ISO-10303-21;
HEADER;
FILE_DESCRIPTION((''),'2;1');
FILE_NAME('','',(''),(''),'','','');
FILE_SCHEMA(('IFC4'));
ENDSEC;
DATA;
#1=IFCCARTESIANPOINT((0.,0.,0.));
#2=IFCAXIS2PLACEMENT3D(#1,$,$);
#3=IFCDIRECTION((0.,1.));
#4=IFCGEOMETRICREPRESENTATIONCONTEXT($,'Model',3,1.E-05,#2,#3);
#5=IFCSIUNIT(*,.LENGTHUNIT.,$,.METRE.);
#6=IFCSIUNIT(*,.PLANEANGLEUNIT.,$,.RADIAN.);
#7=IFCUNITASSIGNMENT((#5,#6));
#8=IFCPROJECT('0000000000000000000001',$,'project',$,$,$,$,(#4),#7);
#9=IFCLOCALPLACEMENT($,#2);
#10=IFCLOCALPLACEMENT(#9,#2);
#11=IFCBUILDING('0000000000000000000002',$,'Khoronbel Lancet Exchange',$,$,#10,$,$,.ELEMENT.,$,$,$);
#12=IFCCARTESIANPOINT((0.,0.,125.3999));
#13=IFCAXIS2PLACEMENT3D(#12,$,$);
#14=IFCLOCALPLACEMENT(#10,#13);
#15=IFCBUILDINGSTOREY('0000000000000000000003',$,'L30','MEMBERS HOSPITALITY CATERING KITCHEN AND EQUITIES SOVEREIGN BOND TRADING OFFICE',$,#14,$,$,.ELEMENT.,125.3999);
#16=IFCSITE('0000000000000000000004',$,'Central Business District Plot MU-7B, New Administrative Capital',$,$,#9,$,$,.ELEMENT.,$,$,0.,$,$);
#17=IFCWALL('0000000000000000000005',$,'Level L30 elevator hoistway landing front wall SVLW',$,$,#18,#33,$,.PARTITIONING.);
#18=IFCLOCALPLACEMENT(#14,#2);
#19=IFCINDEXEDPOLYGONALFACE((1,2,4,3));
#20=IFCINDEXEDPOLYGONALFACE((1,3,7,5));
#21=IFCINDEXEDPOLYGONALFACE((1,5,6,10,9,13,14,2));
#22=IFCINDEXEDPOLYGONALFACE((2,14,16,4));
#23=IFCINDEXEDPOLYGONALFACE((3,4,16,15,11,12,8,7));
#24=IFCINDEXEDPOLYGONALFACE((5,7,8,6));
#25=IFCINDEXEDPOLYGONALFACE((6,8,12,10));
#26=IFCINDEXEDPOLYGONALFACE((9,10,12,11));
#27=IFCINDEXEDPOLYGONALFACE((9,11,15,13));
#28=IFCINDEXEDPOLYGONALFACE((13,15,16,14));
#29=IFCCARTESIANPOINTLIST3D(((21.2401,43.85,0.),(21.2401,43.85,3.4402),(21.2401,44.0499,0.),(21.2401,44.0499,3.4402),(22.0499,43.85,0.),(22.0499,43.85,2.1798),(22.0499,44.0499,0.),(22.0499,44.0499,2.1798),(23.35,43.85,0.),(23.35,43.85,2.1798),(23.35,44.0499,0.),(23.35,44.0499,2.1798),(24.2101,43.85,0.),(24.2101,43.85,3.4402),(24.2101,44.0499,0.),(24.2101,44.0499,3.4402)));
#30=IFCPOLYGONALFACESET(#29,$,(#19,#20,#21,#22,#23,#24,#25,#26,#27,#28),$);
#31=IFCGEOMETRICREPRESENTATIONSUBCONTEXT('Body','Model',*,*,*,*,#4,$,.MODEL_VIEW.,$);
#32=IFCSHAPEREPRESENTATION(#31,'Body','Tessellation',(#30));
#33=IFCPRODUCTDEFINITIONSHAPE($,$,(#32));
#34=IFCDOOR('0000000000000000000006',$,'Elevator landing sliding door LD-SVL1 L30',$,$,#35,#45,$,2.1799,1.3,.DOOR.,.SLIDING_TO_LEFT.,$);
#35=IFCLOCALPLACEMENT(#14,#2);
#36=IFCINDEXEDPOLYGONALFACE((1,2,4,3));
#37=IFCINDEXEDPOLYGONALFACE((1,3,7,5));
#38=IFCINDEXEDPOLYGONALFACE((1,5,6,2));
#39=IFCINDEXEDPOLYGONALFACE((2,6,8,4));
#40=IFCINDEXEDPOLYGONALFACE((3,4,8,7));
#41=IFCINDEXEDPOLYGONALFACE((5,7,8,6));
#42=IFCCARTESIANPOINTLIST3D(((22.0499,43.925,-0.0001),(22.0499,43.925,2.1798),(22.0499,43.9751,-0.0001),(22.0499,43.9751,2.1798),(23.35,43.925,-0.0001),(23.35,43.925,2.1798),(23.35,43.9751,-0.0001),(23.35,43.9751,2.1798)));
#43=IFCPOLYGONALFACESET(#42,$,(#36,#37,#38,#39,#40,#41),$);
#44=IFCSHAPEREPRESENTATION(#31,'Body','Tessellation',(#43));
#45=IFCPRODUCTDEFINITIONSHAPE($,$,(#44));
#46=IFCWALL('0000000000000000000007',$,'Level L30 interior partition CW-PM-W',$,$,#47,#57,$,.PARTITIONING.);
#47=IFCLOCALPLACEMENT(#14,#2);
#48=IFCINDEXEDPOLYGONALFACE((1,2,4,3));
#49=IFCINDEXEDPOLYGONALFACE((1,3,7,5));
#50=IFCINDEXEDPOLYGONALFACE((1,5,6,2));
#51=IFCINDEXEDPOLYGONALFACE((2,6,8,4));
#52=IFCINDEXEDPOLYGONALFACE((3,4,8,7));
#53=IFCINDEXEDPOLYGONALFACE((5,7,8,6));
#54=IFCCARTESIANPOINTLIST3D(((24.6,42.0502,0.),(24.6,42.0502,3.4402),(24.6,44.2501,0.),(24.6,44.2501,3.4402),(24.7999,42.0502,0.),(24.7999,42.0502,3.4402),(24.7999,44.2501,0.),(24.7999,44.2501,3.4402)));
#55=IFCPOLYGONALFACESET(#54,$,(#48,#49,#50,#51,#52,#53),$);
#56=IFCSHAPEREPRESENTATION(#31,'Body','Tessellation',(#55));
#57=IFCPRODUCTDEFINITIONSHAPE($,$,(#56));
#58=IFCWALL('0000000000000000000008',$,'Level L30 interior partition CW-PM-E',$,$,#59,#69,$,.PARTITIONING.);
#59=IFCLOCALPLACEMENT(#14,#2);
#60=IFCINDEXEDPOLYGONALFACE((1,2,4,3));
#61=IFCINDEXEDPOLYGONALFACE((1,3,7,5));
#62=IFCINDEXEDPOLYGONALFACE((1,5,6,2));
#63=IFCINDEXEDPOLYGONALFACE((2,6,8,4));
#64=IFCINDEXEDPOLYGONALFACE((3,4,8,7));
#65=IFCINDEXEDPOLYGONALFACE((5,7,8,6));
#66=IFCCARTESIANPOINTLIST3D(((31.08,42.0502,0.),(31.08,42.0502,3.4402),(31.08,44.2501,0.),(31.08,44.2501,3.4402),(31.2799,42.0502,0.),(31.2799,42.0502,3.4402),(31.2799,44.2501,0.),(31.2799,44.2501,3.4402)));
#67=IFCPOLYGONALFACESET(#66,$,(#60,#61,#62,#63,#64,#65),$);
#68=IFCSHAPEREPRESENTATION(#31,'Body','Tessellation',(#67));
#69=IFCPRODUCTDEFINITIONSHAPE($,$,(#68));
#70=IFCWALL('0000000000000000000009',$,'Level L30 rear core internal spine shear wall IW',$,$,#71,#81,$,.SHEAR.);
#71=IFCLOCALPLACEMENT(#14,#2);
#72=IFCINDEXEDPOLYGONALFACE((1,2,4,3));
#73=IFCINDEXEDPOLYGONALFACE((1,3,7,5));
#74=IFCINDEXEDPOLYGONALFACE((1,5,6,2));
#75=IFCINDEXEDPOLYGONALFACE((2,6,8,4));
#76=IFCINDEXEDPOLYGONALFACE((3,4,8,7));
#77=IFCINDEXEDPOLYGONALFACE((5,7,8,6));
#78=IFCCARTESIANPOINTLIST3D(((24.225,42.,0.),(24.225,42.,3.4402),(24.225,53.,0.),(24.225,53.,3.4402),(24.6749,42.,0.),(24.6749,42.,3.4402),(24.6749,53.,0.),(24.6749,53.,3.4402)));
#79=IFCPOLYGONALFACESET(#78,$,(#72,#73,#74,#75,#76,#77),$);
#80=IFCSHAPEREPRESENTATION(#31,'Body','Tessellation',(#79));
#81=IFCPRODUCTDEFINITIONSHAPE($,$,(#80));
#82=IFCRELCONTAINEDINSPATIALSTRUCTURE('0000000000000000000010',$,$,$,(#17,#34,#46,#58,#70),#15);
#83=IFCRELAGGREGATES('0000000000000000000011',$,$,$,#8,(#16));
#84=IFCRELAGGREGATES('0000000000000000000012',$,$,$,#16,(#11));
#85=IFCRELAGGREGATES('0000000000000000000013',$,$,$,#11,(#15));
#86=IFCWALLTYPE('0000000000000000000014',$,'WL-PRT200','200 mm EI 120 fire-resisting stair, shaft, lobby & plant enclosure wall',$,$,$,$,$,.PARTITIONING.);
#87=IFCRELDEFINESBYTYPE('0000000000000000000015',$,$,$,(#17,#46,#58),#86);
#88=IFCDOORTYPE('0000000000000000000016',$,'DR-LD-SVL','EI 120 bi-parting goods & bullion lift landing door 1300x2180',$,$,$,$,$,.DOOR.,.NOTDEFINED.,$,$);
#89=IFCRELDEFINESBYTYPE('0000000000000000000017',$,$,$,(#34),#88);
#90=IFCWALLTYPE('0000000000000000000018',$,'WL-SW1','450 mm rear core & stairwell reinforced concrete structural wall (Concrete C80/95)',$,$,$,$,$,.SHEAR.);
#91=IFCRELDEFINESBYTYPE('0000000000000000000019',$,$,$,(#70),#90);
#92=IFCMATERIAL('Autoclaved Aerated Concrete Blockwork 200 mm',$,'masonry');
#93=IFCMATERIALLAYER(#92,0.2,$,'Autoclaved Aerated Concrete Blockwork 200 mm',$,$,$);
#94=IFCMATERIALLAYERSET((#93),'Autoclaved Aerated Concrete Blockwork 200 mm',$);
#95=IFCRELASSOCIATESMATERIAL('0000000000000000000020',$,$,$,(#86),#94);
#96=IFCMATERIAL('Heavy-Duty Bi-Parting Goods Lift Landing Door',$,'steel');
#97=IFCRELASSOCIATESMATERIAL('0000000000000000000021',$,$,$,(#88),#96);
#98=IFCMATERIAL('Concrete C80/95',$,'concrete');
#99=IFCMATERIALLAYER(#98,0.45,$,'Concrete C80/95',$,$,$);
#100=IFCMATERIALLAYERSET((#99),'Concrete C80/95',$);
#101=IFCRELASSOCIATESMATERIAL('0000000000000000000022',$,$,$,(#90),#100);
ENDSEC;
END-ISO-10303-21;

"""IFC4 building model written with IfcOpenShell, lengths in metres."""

from ifc_helpers import new_model, si_unit, direction, frame, frame_2d, origin, place, context, subcontext, project, spatial, rectangle, extrude, material, layer, layer_set, type_object, element, fill, save


model = new_model("IFC4")

# Units and contexts
model_context = context("Model", 3, precision=1e-05, world=origin(), true_north=direction((0.0, 1.0)))
body_context = subcontext(model_context, "Body", "Model", "MODEL_VIEW")
ifc_project = project(units=[si_unit("LENGTHUNIT", "METRE"), si_unit("PLANEANGLEUNIT", "RADIAN")], contexts=[model_context])

# Site, building, storey
site_placement = place(None, origin())
site = spatial("IfcSite", under=ifc_project, at=site_placement, Name="Central Business District Plot MU-7B, New Administrative Capital", CompositionType="ELEMENT", RefElevation=0.0)
building_placement = place(site_placement, origin())
building = spatial("IfcBuilding", under=site, at=building_placement, Name="Khoronbel Lancet Exchange", CompositionType="ELEMENT")
storey_placement = place(building_placement, frame((0.0, 0.0, 125.3999)))
storey = spatial("IfcBuildingStorey", under=building, at=storey_placement, Name="L30", Description="MEMBERS HOSPITALITY CATERING KITCHEN AND EQUITIES SOVEREIGN BOND TRADING OFFICE", CompositionType="ELEMENT", Elevation=125.3999)

# Shared definitions
ifc_material_1 = material(Name="Concrete C80/95", Category="concrete")

# Wall, opening, door
ifc_material_2 = material(Name="Autoclaved Aerated Concrete Blockwork 200 mm", Category="masonry")
ifc_layer_1 = layer(ifc_material_2, 0.2, Name="Autoclaved Aerated Concrete Blockwork 200 mm")
ifc_layer_set_1 = layer_set([ifc_layer_1], Name="Autoclaved Aerated Concrete Blockwork 200 mm")
wall_type_1 = type_object("IfcWallType", Name="WL-PRT200", Description="200 mm EI 120 fire-resisting stair, shaft, lobby & plant enclosure wall", PredefinedType="PARTITIONING", material=ifc_layer_set_1)
wall_1_placement = place(storey_placement, frame((24.21, 43.95, 0.0), z_axis=(0.0, 0.0, 1.0), x_axis=(-1.0, 0.0, 0.0)))
wall_1 = element("IfcWall", 1, at=wall_1_placement, inside=storey, type_object=wall_type_1, Name="Level L30 elevator hoistway landing front wall SVLW", PredefinedType="PARTITIONING", context=body_context, shape_type="SweptSolid", body=[
    extrude(rectangle(XDim=2.97, YDim=0.2, at=frame_2d((1.4849, 0.0))), origin(), (0.0, 0.0, 1.0), 3.4402),
])
opening_1_placement = place(wall_1_placement, frame((0.8601, 0.0, 0.0)))
opening_1 = element("IfcOpeningElement", 2, at=opening_1_placement, cuts=wall_1, PredefinedType="OPENING", context=body_context, shape_type="SweptSolid", body=[
    extrude(rectangle(XDim=1.3, YDim=2.1799, at=frame_2d((0.6499, 1.0898))), frame((0.0, 0.1099, 0.0), z_axis=(0.0, -1.0, 0.0), x_axis=(1.0, 0.0, 0.0)), (0.0, 0.0, 1.0), 0.22),
])
ifc_material_3 = material(Name="Heavy-Duty Bi-Parting Goods Lift Landing Door", Category="steel")
door_type_1 = type_object("IfcDoorType", Name="DR-LD-SVL", Description="EI 120 bi-parting goods & bullion lift landing door 1300x2180", OperationType="NOTDEFINED", PredefinedType="DOOR", material=ifc_material_3)
door_1_placement = place(opening_1_placement, origin())
door_1 = element("IfcDoor", 3, at=door_1_placement, inside=storey, type_object=door_type_1, Name="Elevator landing sliding door LD-SVL1 L30", OperationType="SLIDING_TO_LEFT", OverallHeight=2.1799, OverallWidth=1.3, PredefinedType="DOOR", context=body_context, shape_type="SweptSolid", body=[
    extrude(rectangle(XDim=1.3, YDim=2.1799, at=frame_2d((0.6499, 1.0898))), frame((0.0, 0.0249, 0.0), z_axis=(0.0, -1.0, 0.0), x_axis=(1.0, 0.0, 0.0)), (0.0, 0.0, 1.0), 0.05),
])
fill(opening_1, door_1)

# Walls
for number, where, z_axis, x_axis, name in (
    (4, (24.7, 42.05, 0.0), (0.0, 0.0, 1.0), (0.0, 1.0, 0.0), "Level L30 interior partition CW-PM-W"),
    (5, (31.1799, 42.05, 0.0), (0.0, 0.0, 1.0), (0.0, 1.0, 0.0), "Level L30 interior partition CW-PM-E"),
):
    element("IfcWall", number, at=place(storey_placement, frame(where, z_axis=z_axis, x_axis=x_axis)), inside=storey, type_object=wall_type_1, Name=name, PredefinedType="PARTITIONING", context=body_context, shape_type="SweptSolid", body=[
        extrude(rectangle(XDim=2.2, YDim=0.2, at=frame_2d((1.1001, 0.0))), origin(), (0.0, 0.0, 1.0), 3.4402),
    ])
ifc_layer_2 = layer(ifc_material_1, 0.45, Name="Concrete C80/95")
ifc_layer_set_2 = layer_set([ifc_layer_2], Name="Concrete C80/95")
wall_type_2 = type_object("IfcWallType", Name="WL-SW1", Description="450 mm rear core & stairwell reinforced concrete structural wall (Concrete C80/95)", PredefinedType="SHEAR", material=ifc_layer_set_2)
wall_2_placement = place(storey_placement, frame((24.45, 42.0, 0.0), z_axis=(0.0, 0.0, 1.0), x_axis=(0.0, 1.0, 0.0)))
element("IfcWall", 6, at=wall_2_placement, inside=storey, type_object=wall_type_2, Name="Level L30 rear core internal spine shear wall IW", PredefinedType="SHEAR", context=body_context, shape_type="SweptSolid", body=[
    extrude(rectangle(XDim=11.0, YDim=0.45, at=frame_2d((5.5, 0.0))), origin(), (0.0, 0.0, 1.0), 3.4402),
])

save(model, "model.ifc")
